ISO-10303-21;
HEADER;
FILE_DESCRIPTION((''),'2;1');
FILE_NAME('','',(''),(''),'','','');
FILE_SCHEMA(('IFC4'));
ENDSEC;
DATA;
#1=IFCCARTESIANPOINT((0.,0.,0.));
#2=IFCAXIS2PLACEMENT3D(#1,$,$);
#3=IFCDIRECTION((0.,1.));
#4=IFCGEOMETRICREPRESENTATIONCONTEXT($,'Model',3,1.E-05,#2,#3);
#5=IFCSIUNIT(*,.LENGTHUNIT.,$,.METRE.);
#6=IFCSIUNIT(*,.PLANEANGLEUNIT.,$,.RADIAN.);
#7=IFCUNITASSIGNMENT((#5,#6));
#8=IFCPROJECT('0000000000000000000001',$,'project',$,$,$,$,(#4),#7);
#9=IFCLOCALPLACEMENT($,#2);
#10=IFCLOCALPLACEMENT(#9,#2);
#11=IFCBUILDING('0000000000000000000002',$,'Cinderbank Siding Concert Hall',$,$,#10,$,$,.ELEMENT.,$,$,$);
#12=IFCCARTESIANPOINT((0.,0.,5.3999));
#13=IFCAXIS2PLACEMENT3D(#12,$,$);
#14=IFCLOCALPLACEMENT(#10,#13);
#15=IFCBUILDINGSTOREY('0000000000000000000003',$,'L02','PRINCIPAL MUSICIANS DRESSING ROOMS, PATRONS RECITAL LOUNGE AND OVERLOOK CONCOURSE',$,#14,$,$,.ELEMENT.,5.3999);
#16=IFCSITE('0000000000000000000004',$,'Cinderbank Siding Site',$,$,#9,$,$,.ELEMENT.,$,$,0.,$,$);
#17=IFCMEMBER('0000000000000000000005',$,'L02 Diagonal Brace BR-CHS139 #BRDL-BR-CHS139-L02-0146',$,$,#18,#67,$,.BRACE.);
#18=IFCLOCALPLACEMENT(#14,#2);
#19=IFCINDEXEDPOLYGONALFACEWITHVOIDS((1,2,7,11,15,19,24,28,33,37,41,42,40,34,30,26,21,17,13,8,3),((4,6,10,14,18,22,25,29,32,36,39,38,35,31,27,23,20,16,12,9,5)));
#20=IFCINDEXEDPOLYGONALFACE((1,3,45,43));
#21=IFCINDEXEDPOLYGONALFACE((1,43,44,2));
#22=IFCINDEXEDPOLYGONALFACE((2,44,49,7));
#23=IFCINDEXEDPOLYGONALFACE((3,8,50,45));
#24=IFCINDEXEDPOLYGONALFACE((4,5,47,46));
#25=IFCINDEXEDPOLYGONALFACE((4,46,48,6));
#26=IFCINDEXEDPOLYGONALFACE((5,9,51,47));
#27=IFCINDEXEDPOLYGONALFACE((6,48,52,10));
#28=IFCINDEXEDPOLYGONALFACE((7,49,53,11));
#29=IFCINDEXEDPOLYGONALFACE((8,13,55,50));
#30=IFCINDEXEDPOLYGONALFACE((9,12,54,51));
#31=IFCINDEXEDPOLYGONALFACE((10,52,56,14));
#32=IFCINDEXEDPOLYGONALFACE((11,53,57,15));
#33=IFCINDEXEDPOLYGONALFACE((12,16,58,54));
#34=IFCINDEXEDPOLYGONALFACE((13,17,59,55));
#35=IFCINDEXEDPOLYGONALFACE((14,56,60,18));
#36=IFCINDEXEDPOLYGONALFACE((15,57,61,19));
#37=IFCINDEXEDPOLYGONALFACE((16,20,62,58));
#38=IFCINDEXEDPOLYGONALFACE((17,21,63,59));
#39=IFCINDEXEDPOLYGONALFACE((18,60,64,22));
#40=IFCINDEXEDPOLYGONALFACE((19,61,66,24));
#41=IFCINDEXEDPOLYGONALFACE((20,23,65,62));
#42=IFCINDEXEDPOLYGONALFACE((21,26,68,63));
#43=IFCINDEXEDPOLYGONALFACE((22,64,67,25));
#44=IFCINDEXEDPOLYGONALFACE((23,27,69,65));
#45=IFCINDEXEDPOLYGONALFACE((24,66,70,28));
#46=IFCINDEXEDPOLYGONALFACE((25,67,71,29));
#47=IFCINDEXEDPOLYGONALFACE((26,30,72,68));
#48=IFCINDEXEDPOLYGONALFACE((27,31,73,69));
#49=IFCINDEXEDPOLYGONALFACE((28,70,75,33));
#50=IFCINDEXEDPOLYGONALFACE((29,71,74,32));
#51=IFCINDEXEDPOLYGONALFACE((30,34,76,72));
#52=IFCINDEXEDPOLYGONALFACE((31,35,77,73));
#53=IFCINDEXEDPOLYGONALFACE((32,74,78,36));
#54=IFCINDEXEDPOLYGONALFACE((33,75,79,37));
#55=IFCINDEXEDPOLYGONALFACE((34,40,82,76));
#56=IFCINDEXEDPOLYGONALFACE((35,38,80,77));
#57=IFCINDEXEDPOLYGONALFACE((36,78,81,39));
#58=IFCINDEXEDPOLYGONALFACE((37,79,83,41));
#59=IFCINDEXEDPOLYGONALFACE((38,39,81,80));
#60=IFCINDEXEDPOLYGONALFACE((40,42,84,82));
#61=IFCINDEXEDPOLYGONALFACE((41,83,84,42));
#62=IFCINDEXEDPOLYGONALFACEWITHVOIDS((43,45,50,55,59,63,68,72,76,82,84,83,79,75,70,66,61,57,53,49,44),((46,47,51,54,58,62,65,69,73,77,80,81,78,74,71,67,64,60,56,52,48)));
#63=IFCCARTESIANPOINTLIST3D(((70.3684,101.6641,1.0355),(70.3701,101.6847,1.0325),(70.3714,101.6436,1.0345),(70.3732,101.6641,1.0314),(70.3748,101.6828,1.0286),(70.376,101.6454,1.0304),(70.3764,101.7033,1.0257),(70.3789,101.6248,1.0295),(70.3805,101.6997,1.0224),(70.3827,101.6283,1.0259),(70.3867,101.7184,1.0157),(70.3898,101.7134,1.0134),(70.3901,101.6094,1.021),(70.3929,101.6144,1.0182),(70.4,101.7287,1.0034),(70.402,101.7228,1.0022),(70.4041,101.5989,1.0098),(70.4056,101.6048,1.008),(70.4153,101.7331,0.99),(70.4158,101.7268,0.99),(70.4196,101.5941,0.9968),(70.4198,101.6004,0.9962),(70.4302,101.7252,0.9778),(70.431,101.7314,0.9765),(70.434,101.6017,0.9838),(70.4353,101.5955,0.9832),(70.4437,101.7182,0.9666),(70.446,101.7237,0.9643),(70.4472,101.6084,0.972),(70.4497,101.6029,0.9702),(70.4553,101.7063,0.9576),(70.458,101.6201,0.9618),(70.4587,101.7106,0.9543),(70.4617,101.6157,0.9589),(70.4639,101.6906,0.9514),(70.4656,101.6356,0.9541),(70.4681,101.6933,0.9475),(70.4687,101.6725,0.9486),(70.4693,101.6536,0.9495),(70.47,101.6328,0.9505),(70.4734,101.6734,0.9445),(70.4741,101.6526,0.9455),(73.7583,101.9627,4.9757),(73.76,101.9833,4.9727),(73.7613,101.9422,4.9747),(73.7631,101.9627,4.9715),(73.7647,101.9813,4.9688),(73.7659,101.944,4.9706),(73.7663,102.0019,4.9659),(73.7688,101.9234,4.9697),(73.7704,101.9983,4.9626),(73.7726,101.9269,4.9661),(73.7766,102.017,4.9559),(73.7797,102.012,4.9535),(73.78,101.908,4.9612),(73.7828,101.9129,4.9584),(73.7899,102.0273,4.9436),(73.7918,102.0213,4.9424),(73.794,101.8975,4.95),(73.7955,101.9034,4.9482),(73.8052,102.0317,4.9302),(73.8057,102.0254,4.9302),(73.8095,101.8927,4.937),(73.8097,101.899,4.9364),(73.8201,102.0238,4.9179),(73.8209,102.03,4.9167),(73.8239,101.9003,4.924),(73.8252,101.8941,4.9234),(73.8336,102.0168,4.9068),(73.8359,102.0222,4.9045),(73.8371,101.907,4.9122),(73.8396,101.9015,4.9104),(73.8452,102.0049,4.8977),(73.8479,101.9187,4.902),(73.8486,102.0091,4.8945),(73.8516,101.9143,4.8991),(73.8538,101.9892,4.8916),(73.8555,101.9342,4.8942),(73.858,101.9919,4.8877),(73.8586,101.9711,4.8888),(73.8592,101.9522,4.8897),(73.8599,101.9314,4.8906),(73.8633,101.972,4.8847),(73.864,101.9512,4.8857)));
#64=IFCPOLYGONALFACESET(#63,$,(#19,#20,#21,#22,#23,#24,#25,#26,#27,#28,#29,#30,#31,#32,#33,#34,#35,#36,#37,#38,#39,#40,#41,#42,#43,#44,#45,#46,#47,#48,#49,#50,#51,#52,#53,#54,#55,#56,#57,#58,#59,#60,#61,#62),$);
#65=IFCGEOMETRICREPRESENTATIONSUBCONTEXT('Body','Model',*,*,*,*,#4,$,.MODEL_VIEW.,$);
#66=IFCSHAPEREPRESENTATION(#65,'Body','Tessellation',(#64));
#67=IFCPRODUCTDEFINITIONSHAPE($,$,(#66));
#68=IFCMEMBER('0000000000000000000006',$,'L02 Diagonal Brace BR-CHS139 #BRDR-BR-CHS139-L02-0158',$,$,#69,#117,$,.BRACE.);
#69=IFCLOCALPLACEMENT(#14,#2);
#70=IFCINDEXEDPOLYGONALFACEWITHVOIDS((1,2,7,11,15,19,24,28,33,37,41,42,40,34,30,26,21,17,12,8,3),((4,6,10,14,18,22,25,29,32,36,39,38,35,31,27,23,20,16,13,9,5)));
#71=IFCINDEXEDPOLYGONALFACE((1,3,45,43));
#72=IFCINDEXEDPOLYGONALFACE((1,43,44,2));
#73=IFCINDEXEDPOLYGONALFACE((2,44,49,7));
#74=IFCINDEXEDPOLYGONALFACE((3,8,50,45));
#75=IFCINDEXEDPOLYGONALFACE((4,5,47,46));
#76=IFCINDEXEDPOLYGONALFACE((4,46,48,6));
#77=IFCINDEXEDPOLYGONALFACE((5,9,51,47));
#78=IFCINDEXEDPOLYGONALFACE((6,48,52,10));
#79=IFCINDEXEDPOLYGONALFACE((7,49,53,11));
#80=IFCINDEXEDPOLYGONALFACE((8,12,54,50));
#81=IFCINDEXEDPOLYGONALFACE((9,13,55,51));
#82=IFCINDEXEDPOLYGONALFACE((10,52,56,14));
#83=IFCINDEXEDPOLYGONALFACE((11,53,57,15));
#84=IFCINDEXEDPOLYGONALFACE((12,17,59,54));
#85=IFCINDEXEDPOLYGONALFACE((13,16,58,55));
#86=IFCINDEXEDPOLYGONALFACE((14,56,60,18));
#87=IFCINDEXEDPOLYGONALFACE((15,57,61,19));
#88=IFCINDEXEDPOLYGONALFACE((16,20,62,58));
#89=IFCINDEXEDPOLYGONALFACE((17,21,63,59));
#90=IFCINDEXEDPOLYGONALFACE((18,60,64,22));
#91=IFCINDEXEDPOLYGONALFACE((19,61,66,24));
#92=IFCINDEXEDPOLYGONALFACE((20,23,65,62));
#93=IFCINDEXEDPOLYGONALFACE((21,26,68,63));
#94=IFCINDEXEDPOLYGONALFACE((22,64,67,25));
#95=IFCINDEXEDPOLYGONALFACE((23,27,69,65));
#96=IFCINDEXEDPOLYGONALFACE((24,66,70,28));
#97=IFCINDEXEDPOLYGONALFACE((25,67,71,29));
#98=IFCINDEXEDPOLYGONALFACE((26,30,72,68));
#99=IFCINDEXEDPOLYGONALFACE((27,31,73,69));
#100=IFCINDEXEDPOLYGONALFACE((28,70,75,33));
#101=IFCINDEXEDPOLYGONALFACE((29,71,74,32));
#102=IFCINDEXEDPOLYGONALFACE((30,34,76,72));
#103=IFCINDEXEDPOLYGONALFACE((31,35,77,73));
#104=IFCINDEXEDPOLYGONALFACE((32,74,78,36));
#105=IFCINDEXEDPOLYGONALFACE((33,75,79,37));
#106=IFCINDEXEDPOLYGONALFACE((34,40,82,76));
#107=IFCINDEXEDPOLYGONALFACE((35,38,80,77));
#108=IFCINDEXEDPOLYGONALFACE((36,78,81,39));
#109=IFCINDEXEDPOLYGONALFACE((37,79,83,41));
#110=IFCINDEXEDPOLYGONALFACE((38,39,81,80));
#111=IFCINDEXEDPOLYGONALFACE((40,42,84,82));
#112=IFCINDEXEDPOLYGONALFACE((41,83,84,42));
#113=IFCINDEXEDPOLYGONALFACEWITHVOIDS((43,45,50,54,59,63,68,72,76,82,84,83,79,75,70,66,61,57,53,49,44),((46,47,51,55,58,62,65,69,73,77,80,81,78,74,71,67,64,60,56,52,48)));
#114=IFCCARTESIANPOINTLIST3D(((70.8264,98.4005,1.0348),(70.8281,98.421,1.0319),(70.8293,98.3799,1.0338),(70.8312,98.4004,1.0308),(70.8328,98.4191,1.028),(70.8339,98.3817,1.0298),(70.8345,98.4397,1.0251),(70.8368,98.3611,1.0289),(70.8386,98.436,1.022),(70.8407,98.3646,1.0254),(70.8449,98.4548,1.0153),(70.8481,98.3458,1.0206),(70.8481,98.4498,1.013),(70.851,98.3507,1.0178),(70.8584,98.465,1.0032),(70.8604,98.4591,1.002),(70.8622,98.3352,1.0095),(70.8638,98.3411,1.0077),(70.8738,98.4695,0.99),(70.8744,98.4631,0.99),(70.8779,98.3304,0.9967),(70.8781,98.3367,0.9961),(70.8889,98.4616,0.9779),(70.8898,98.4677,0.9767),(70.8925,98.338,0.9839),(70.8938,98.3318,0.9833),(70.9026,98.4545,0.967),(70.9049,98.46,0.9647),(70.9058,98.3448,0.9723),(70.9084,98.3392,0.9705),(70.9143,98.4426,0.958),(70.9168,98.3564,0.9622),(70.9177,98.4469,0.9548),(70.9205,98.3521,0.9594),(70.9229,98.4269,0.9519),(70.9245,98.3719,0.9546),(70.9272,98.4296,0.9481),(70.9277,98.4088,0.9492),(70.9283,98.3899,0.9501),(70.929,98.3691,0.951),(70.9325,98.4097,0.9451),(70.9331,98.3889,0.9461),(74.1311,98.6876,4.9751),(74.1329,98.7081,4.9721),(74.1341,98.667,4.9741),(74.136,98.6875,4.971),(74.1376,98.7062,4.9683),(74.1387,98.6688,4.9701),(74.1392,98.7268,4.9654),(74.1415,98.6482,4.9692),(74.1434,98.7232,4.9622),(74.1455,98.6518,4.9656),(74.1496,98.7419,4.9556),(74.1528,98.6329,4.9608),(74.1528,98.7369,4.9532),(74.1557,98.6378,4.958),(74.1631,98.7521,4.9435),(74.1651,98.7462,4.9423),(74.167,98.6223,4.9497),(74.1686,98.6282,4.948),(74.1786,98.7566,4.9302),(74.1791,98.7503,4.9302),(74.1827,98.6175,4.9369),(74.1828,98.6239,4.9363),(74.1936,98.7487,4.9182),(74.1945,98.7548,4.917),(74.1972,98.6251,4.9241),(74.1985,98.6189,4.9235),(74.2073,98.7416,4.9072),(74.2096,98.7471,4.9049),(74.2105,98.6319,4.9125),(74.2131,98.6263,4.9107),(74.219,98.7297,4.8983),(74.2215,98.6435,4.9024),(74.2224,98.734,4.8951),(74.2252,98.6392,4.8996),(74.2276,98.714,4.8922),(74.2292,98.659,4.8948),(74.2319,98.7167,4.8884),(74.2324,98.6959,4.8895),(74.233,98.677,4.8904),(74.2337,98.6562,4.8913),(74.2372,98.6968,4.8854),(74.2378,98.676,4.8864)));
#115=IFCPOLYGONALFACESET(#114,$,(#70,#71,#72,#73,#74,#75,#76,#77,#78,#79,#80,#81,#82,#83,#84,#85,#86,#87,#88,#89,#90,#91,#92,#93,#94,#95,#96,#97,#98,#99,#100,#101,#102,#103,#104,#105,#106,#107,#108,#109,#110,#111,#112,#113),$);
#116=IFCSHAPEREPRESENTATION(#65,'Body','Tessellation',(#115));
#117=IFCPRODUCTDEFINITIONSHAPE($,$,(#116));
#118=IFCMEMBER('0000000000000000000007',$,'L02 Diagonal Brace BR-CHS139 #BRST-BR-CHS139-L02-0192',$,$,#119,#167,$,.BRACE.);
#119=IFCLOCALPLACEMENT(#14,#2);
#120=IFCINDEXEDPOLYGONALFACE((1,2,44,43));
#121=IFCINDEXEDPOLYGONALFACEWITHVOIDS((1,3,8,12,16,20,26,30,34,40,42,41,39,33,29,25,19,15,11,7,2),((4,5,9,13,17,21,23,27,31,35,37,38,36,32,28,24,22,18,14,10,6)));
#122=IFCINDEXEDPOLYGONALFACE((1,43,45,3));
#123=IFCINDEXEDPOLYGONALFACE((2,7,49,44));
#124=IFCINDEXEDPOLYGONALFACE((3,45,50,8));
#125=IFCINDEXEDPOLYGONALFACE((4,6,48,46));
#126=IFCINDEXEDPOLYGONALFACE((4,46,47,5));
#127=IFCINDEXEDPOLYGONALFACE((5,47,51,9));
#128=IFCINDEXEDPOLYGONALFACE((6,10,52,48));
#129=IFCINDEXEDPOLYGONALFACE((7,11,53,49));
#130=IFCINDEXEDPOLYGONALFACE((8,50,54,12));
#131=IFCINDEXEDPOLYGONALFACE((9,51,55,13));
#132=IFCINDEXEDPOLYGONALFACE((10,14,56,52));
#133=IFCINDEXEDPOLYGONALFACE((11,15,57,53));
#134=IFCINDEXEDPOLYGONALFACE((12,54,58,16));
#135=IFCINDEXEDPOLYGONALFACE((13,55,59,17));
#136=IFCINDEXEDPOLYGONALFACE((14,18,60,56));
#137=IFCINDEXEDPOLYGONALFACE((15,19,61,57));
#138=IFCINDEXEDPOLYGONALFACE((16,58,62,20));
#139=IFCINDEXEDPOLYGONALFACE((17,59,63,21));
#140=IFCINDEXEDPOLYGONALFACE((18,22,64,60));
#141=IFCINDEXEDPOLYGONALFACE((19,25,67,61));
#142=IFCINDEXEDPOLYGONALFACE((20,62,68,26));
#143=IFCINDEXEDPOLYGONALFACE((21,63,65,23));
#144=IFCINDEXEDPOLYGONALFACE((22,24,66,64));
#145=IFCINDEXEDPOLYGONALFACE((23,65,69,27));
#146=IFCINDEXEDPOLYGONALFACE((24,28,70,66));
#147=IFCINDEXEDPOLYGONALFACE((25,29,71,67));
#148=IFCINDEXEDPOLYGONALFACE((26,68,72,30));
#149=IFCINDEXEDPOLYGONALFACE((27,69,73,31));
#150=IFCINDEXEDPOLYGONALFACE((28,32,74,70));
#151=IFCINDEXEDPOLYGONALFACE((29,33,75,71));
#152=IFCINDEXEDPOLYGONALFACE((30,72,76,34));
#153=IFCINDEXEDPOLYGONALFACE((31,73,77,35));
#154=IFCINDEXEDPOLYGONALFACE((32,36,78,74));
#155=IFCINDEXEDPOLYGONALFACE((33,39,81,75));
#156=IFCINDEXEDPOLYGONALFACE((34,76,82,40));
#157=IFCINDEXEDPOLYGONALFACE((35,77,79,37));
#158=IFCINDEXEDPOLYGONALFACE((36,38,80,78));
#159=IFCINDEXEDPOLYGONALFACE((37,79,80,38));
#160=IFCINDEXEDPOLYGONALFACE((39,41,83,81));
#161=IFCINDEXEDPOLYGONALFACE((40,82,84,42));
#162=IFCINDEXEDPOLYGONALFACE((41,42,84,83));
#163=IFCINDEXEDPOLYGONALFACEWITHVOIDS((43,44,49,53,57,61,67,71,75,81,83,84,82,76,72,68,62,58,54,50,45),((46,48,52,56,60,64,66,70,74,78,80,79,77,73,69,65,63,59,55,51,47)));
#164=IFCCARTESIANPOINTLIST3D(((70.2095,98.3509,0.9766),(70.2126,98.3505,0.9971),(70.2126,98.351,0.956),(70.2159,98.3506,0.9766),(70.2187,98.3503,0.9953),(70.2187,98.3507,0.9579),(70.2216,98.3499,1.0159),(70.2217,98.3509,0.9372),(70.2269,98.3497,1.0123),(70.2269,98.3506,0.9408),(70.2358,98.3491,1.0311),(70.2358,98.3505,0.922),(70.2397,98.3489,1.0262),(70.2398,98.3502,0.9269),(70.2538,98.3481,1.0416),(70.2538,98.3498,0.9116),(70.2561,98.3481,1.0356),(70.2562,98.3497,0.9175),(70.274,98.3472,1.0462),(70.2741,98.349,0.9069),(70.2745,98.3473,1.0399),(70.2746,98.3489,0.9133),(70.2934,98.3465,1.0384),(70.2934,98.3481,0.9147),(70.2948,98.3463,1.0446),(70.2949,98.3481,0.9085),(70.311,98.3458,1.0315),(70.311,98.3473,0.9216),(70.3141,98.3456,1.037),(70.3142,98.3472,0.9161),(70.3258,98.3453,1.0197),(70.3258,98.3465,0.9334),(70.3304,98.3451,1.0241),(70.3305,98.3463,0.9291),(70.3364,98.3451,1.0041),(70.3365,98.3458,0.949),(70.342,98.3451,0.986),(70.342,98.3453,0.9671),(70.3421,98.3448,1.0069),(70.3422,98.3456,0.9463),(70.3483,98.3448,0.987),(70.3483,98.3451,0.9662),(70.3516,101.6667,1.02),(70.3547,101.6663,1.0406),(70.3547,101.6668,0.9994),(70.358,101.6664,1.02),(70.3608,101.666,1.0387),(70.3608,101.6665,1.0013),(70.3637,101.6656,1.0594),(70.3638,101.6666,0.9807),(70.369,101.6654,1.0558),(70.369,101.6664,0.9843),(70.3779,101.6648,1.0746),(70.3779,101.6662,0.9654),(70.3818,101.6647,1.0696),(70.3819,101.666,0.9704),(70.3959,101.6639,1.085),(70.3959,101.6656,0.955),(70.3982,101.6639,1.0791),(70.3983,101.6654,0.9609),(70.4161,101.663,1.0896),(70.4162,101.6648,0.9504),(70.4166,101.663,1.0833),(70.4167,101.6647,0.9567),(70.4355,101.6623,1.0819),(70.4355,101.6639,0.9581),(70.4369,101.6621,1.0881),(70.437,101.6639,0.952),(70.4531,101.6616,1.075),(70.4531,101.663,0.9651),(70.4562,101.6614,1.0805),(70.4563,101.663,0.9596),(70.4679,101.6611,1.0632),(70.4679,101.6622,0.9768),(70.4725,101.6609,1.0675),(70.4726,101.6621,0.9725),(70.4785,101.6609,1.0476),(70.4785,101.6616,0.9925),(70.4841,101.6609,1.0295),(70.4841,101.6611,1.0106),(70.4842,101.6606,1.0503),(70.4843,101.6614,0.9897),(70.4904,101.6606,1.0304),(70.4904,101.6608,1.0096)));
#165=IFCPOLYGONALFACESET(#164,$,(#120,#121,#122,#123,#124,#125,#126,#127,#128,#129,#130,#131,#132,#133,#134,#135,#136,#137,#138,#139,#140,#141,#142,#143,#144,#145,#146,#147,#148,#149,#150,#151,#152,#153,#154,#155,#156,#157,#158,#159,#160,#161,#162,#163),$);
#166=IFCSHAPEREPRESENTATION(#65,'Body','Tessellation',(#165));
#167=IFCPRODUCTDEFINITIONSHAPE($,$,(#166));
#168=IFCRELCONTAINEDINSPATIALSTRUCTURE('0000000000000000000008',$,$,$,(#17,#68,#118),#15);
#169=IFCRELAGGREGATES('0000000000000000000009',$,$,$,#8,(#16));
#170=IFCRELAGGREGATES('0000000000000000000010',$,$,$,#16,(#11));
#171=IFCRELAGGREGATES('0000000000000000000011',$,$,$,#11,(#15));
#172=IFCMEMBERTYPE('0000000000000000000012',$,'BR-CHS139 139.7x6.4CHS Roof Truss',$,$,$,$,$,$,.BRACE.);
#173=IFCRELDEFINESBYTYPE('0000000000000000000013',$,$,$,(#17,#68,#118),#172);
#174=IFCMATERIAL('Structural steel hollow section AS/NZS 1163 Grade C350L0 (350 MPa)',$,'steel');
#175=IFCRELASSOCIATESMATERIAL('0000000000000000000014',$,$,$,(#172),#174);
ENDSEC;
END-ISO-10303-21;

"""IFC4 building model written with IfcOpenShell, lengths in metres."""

from ifc_helpers import new_model, si_unit, direction, frame, origin, origin_2d, place, context, subcontext, project, spatial, hollow_circle, extrude, material, material_profile, profile_set, type_object, element, save


model = new_model("IFC4")

# Units and contexts
model_context = context("Model", 3, precision=1e-05, world=origin(), true_north=direction((0.0, 1.0)))
body_context = subcontext(model_context, "Body", "Model", "MODEL_VIEW")
ifc_project = project(units=[si_unit("LENGTHUNIT", "METRE"), si_unit("PLANEANGLEUNIT", "RADIAN")], contexts=[model_context])

# Site, building, storey
site_placement = place(None, origin())
site = spatial("IfcSite", under=ifc_project, at=site_placement, Name="Cinderbank Siding Site", CompositionType="ELEMENT", RefElevation=0.0)
building_placement = place(site_placement, origin())
building = spatial("IfcBuilding", under=site, at=building_placement, Name="Cinderbank Siding Concert Hall", CompositionType="ELEMENT")
storey_placement = place(building_placement, frame((0.0, 0.0, 5.3999)))
storey = spatial("IfcBuildingStorey", under=building, at=storey_placement, Name="L02", Description="PRINCIPAL MUSICIANS DRESSING ROOMS, PATRONS RECITAL LOUNGE AND OVERLOOK CONCOURSE", CompositionType="ELEMENT", Elevation=5.3999)

# Members
ifc_material_1 = material(Name="Structural steel hollow section AS/NZS 1163 Grade C350L0 (350 MPa)", Category="steel")
ifc_material_profile_1 = material_profile(ifc_material_1, hollow_circle(Radius=0.0698, WallThickness=0.0063, at=origin_2d()), Name="139.7x6.4CHS", Category="LoadBearing")
ifc_profile_set_1 = profile_set([ifc_material_profile_1], Name="Structural steel hollow section AS/NZS 1163 Grade C350L0 (350 MPa)")
member_type_1 = type_object("IfcMemberType", Name="BR-CHS139 139.7x6.4CHS Roof Truss", PredefinedType="BRACE", material=ifc_profile_set_1)
member_1_placement = place(storey_placement, frame((70.4214, 101.6636, 0.99), z_axis=(0.651113, 0.05735, 0.756811), x_axis=(-0.087741, 0.996143, 0.0)))
element("IfcMember", 1, at=member_1_placement, inside=storey, type_object=member_type_1, Name="L02 Diagonal Brace BR-CHS139 #BRDL-BR-CHS139-L02-0146", PredefinedType="BRACE", context=body_context, shape_type="SweptSolid", body=[
    extrude(hollow_circle(Radius=0.0698, WallThickness=0.0063, at=origin_2d()), origin(), (0.0, 0.0, 1.0), 5.2063),
])
member_2_placement = place(storey_placement, frame((70.8799, 98.3999, 0.99), z_axis=(0.641615, 0.055743, 0.764999), x_axis=(-0.086553, 0.996247, 0.0)))
element("IfcMember", 2, at=member_2_placement, inside=storey, type_object=member_type_1, Name="L02 Diagonal Brace BR-CHS139 #BRDR-BR-CHS139-L02-0158", PredefinedType="BRACE", context=body_context, shape_type="SweptSolid", body=[
    extrude(hollow_circle(Radius=0.0698, WallThickness=0.0063, at=origin_2d()), origin(), (0.0, 0.0, 1.0), 5.1506),
])
member_3_placement = place(storey_placement, frame((70.2793, 98.3479, 0.9766), z_axis=(0.042811, 0.998997, 0.013093), x_axis=(-0.999083, 0.042815, 0.0)))
element("IfcMember", 3, at=member_3_placement, inside=storey, type_object=member_type_1, Name="L02 Diagonal Brace BR-CHS139 #BRST-BR-CHS139-L02-0192", PredefinedType="BRACE", context=body_context, shape_type="SweptSolid", body=[
    extrude(hollow_circle(Radius=0.0698, WallThickness=0.0063, at=origin_2d()), origin(), (0.0, 0.0, 1.0), 3.3191),
])

save(model, "model.ifc")
